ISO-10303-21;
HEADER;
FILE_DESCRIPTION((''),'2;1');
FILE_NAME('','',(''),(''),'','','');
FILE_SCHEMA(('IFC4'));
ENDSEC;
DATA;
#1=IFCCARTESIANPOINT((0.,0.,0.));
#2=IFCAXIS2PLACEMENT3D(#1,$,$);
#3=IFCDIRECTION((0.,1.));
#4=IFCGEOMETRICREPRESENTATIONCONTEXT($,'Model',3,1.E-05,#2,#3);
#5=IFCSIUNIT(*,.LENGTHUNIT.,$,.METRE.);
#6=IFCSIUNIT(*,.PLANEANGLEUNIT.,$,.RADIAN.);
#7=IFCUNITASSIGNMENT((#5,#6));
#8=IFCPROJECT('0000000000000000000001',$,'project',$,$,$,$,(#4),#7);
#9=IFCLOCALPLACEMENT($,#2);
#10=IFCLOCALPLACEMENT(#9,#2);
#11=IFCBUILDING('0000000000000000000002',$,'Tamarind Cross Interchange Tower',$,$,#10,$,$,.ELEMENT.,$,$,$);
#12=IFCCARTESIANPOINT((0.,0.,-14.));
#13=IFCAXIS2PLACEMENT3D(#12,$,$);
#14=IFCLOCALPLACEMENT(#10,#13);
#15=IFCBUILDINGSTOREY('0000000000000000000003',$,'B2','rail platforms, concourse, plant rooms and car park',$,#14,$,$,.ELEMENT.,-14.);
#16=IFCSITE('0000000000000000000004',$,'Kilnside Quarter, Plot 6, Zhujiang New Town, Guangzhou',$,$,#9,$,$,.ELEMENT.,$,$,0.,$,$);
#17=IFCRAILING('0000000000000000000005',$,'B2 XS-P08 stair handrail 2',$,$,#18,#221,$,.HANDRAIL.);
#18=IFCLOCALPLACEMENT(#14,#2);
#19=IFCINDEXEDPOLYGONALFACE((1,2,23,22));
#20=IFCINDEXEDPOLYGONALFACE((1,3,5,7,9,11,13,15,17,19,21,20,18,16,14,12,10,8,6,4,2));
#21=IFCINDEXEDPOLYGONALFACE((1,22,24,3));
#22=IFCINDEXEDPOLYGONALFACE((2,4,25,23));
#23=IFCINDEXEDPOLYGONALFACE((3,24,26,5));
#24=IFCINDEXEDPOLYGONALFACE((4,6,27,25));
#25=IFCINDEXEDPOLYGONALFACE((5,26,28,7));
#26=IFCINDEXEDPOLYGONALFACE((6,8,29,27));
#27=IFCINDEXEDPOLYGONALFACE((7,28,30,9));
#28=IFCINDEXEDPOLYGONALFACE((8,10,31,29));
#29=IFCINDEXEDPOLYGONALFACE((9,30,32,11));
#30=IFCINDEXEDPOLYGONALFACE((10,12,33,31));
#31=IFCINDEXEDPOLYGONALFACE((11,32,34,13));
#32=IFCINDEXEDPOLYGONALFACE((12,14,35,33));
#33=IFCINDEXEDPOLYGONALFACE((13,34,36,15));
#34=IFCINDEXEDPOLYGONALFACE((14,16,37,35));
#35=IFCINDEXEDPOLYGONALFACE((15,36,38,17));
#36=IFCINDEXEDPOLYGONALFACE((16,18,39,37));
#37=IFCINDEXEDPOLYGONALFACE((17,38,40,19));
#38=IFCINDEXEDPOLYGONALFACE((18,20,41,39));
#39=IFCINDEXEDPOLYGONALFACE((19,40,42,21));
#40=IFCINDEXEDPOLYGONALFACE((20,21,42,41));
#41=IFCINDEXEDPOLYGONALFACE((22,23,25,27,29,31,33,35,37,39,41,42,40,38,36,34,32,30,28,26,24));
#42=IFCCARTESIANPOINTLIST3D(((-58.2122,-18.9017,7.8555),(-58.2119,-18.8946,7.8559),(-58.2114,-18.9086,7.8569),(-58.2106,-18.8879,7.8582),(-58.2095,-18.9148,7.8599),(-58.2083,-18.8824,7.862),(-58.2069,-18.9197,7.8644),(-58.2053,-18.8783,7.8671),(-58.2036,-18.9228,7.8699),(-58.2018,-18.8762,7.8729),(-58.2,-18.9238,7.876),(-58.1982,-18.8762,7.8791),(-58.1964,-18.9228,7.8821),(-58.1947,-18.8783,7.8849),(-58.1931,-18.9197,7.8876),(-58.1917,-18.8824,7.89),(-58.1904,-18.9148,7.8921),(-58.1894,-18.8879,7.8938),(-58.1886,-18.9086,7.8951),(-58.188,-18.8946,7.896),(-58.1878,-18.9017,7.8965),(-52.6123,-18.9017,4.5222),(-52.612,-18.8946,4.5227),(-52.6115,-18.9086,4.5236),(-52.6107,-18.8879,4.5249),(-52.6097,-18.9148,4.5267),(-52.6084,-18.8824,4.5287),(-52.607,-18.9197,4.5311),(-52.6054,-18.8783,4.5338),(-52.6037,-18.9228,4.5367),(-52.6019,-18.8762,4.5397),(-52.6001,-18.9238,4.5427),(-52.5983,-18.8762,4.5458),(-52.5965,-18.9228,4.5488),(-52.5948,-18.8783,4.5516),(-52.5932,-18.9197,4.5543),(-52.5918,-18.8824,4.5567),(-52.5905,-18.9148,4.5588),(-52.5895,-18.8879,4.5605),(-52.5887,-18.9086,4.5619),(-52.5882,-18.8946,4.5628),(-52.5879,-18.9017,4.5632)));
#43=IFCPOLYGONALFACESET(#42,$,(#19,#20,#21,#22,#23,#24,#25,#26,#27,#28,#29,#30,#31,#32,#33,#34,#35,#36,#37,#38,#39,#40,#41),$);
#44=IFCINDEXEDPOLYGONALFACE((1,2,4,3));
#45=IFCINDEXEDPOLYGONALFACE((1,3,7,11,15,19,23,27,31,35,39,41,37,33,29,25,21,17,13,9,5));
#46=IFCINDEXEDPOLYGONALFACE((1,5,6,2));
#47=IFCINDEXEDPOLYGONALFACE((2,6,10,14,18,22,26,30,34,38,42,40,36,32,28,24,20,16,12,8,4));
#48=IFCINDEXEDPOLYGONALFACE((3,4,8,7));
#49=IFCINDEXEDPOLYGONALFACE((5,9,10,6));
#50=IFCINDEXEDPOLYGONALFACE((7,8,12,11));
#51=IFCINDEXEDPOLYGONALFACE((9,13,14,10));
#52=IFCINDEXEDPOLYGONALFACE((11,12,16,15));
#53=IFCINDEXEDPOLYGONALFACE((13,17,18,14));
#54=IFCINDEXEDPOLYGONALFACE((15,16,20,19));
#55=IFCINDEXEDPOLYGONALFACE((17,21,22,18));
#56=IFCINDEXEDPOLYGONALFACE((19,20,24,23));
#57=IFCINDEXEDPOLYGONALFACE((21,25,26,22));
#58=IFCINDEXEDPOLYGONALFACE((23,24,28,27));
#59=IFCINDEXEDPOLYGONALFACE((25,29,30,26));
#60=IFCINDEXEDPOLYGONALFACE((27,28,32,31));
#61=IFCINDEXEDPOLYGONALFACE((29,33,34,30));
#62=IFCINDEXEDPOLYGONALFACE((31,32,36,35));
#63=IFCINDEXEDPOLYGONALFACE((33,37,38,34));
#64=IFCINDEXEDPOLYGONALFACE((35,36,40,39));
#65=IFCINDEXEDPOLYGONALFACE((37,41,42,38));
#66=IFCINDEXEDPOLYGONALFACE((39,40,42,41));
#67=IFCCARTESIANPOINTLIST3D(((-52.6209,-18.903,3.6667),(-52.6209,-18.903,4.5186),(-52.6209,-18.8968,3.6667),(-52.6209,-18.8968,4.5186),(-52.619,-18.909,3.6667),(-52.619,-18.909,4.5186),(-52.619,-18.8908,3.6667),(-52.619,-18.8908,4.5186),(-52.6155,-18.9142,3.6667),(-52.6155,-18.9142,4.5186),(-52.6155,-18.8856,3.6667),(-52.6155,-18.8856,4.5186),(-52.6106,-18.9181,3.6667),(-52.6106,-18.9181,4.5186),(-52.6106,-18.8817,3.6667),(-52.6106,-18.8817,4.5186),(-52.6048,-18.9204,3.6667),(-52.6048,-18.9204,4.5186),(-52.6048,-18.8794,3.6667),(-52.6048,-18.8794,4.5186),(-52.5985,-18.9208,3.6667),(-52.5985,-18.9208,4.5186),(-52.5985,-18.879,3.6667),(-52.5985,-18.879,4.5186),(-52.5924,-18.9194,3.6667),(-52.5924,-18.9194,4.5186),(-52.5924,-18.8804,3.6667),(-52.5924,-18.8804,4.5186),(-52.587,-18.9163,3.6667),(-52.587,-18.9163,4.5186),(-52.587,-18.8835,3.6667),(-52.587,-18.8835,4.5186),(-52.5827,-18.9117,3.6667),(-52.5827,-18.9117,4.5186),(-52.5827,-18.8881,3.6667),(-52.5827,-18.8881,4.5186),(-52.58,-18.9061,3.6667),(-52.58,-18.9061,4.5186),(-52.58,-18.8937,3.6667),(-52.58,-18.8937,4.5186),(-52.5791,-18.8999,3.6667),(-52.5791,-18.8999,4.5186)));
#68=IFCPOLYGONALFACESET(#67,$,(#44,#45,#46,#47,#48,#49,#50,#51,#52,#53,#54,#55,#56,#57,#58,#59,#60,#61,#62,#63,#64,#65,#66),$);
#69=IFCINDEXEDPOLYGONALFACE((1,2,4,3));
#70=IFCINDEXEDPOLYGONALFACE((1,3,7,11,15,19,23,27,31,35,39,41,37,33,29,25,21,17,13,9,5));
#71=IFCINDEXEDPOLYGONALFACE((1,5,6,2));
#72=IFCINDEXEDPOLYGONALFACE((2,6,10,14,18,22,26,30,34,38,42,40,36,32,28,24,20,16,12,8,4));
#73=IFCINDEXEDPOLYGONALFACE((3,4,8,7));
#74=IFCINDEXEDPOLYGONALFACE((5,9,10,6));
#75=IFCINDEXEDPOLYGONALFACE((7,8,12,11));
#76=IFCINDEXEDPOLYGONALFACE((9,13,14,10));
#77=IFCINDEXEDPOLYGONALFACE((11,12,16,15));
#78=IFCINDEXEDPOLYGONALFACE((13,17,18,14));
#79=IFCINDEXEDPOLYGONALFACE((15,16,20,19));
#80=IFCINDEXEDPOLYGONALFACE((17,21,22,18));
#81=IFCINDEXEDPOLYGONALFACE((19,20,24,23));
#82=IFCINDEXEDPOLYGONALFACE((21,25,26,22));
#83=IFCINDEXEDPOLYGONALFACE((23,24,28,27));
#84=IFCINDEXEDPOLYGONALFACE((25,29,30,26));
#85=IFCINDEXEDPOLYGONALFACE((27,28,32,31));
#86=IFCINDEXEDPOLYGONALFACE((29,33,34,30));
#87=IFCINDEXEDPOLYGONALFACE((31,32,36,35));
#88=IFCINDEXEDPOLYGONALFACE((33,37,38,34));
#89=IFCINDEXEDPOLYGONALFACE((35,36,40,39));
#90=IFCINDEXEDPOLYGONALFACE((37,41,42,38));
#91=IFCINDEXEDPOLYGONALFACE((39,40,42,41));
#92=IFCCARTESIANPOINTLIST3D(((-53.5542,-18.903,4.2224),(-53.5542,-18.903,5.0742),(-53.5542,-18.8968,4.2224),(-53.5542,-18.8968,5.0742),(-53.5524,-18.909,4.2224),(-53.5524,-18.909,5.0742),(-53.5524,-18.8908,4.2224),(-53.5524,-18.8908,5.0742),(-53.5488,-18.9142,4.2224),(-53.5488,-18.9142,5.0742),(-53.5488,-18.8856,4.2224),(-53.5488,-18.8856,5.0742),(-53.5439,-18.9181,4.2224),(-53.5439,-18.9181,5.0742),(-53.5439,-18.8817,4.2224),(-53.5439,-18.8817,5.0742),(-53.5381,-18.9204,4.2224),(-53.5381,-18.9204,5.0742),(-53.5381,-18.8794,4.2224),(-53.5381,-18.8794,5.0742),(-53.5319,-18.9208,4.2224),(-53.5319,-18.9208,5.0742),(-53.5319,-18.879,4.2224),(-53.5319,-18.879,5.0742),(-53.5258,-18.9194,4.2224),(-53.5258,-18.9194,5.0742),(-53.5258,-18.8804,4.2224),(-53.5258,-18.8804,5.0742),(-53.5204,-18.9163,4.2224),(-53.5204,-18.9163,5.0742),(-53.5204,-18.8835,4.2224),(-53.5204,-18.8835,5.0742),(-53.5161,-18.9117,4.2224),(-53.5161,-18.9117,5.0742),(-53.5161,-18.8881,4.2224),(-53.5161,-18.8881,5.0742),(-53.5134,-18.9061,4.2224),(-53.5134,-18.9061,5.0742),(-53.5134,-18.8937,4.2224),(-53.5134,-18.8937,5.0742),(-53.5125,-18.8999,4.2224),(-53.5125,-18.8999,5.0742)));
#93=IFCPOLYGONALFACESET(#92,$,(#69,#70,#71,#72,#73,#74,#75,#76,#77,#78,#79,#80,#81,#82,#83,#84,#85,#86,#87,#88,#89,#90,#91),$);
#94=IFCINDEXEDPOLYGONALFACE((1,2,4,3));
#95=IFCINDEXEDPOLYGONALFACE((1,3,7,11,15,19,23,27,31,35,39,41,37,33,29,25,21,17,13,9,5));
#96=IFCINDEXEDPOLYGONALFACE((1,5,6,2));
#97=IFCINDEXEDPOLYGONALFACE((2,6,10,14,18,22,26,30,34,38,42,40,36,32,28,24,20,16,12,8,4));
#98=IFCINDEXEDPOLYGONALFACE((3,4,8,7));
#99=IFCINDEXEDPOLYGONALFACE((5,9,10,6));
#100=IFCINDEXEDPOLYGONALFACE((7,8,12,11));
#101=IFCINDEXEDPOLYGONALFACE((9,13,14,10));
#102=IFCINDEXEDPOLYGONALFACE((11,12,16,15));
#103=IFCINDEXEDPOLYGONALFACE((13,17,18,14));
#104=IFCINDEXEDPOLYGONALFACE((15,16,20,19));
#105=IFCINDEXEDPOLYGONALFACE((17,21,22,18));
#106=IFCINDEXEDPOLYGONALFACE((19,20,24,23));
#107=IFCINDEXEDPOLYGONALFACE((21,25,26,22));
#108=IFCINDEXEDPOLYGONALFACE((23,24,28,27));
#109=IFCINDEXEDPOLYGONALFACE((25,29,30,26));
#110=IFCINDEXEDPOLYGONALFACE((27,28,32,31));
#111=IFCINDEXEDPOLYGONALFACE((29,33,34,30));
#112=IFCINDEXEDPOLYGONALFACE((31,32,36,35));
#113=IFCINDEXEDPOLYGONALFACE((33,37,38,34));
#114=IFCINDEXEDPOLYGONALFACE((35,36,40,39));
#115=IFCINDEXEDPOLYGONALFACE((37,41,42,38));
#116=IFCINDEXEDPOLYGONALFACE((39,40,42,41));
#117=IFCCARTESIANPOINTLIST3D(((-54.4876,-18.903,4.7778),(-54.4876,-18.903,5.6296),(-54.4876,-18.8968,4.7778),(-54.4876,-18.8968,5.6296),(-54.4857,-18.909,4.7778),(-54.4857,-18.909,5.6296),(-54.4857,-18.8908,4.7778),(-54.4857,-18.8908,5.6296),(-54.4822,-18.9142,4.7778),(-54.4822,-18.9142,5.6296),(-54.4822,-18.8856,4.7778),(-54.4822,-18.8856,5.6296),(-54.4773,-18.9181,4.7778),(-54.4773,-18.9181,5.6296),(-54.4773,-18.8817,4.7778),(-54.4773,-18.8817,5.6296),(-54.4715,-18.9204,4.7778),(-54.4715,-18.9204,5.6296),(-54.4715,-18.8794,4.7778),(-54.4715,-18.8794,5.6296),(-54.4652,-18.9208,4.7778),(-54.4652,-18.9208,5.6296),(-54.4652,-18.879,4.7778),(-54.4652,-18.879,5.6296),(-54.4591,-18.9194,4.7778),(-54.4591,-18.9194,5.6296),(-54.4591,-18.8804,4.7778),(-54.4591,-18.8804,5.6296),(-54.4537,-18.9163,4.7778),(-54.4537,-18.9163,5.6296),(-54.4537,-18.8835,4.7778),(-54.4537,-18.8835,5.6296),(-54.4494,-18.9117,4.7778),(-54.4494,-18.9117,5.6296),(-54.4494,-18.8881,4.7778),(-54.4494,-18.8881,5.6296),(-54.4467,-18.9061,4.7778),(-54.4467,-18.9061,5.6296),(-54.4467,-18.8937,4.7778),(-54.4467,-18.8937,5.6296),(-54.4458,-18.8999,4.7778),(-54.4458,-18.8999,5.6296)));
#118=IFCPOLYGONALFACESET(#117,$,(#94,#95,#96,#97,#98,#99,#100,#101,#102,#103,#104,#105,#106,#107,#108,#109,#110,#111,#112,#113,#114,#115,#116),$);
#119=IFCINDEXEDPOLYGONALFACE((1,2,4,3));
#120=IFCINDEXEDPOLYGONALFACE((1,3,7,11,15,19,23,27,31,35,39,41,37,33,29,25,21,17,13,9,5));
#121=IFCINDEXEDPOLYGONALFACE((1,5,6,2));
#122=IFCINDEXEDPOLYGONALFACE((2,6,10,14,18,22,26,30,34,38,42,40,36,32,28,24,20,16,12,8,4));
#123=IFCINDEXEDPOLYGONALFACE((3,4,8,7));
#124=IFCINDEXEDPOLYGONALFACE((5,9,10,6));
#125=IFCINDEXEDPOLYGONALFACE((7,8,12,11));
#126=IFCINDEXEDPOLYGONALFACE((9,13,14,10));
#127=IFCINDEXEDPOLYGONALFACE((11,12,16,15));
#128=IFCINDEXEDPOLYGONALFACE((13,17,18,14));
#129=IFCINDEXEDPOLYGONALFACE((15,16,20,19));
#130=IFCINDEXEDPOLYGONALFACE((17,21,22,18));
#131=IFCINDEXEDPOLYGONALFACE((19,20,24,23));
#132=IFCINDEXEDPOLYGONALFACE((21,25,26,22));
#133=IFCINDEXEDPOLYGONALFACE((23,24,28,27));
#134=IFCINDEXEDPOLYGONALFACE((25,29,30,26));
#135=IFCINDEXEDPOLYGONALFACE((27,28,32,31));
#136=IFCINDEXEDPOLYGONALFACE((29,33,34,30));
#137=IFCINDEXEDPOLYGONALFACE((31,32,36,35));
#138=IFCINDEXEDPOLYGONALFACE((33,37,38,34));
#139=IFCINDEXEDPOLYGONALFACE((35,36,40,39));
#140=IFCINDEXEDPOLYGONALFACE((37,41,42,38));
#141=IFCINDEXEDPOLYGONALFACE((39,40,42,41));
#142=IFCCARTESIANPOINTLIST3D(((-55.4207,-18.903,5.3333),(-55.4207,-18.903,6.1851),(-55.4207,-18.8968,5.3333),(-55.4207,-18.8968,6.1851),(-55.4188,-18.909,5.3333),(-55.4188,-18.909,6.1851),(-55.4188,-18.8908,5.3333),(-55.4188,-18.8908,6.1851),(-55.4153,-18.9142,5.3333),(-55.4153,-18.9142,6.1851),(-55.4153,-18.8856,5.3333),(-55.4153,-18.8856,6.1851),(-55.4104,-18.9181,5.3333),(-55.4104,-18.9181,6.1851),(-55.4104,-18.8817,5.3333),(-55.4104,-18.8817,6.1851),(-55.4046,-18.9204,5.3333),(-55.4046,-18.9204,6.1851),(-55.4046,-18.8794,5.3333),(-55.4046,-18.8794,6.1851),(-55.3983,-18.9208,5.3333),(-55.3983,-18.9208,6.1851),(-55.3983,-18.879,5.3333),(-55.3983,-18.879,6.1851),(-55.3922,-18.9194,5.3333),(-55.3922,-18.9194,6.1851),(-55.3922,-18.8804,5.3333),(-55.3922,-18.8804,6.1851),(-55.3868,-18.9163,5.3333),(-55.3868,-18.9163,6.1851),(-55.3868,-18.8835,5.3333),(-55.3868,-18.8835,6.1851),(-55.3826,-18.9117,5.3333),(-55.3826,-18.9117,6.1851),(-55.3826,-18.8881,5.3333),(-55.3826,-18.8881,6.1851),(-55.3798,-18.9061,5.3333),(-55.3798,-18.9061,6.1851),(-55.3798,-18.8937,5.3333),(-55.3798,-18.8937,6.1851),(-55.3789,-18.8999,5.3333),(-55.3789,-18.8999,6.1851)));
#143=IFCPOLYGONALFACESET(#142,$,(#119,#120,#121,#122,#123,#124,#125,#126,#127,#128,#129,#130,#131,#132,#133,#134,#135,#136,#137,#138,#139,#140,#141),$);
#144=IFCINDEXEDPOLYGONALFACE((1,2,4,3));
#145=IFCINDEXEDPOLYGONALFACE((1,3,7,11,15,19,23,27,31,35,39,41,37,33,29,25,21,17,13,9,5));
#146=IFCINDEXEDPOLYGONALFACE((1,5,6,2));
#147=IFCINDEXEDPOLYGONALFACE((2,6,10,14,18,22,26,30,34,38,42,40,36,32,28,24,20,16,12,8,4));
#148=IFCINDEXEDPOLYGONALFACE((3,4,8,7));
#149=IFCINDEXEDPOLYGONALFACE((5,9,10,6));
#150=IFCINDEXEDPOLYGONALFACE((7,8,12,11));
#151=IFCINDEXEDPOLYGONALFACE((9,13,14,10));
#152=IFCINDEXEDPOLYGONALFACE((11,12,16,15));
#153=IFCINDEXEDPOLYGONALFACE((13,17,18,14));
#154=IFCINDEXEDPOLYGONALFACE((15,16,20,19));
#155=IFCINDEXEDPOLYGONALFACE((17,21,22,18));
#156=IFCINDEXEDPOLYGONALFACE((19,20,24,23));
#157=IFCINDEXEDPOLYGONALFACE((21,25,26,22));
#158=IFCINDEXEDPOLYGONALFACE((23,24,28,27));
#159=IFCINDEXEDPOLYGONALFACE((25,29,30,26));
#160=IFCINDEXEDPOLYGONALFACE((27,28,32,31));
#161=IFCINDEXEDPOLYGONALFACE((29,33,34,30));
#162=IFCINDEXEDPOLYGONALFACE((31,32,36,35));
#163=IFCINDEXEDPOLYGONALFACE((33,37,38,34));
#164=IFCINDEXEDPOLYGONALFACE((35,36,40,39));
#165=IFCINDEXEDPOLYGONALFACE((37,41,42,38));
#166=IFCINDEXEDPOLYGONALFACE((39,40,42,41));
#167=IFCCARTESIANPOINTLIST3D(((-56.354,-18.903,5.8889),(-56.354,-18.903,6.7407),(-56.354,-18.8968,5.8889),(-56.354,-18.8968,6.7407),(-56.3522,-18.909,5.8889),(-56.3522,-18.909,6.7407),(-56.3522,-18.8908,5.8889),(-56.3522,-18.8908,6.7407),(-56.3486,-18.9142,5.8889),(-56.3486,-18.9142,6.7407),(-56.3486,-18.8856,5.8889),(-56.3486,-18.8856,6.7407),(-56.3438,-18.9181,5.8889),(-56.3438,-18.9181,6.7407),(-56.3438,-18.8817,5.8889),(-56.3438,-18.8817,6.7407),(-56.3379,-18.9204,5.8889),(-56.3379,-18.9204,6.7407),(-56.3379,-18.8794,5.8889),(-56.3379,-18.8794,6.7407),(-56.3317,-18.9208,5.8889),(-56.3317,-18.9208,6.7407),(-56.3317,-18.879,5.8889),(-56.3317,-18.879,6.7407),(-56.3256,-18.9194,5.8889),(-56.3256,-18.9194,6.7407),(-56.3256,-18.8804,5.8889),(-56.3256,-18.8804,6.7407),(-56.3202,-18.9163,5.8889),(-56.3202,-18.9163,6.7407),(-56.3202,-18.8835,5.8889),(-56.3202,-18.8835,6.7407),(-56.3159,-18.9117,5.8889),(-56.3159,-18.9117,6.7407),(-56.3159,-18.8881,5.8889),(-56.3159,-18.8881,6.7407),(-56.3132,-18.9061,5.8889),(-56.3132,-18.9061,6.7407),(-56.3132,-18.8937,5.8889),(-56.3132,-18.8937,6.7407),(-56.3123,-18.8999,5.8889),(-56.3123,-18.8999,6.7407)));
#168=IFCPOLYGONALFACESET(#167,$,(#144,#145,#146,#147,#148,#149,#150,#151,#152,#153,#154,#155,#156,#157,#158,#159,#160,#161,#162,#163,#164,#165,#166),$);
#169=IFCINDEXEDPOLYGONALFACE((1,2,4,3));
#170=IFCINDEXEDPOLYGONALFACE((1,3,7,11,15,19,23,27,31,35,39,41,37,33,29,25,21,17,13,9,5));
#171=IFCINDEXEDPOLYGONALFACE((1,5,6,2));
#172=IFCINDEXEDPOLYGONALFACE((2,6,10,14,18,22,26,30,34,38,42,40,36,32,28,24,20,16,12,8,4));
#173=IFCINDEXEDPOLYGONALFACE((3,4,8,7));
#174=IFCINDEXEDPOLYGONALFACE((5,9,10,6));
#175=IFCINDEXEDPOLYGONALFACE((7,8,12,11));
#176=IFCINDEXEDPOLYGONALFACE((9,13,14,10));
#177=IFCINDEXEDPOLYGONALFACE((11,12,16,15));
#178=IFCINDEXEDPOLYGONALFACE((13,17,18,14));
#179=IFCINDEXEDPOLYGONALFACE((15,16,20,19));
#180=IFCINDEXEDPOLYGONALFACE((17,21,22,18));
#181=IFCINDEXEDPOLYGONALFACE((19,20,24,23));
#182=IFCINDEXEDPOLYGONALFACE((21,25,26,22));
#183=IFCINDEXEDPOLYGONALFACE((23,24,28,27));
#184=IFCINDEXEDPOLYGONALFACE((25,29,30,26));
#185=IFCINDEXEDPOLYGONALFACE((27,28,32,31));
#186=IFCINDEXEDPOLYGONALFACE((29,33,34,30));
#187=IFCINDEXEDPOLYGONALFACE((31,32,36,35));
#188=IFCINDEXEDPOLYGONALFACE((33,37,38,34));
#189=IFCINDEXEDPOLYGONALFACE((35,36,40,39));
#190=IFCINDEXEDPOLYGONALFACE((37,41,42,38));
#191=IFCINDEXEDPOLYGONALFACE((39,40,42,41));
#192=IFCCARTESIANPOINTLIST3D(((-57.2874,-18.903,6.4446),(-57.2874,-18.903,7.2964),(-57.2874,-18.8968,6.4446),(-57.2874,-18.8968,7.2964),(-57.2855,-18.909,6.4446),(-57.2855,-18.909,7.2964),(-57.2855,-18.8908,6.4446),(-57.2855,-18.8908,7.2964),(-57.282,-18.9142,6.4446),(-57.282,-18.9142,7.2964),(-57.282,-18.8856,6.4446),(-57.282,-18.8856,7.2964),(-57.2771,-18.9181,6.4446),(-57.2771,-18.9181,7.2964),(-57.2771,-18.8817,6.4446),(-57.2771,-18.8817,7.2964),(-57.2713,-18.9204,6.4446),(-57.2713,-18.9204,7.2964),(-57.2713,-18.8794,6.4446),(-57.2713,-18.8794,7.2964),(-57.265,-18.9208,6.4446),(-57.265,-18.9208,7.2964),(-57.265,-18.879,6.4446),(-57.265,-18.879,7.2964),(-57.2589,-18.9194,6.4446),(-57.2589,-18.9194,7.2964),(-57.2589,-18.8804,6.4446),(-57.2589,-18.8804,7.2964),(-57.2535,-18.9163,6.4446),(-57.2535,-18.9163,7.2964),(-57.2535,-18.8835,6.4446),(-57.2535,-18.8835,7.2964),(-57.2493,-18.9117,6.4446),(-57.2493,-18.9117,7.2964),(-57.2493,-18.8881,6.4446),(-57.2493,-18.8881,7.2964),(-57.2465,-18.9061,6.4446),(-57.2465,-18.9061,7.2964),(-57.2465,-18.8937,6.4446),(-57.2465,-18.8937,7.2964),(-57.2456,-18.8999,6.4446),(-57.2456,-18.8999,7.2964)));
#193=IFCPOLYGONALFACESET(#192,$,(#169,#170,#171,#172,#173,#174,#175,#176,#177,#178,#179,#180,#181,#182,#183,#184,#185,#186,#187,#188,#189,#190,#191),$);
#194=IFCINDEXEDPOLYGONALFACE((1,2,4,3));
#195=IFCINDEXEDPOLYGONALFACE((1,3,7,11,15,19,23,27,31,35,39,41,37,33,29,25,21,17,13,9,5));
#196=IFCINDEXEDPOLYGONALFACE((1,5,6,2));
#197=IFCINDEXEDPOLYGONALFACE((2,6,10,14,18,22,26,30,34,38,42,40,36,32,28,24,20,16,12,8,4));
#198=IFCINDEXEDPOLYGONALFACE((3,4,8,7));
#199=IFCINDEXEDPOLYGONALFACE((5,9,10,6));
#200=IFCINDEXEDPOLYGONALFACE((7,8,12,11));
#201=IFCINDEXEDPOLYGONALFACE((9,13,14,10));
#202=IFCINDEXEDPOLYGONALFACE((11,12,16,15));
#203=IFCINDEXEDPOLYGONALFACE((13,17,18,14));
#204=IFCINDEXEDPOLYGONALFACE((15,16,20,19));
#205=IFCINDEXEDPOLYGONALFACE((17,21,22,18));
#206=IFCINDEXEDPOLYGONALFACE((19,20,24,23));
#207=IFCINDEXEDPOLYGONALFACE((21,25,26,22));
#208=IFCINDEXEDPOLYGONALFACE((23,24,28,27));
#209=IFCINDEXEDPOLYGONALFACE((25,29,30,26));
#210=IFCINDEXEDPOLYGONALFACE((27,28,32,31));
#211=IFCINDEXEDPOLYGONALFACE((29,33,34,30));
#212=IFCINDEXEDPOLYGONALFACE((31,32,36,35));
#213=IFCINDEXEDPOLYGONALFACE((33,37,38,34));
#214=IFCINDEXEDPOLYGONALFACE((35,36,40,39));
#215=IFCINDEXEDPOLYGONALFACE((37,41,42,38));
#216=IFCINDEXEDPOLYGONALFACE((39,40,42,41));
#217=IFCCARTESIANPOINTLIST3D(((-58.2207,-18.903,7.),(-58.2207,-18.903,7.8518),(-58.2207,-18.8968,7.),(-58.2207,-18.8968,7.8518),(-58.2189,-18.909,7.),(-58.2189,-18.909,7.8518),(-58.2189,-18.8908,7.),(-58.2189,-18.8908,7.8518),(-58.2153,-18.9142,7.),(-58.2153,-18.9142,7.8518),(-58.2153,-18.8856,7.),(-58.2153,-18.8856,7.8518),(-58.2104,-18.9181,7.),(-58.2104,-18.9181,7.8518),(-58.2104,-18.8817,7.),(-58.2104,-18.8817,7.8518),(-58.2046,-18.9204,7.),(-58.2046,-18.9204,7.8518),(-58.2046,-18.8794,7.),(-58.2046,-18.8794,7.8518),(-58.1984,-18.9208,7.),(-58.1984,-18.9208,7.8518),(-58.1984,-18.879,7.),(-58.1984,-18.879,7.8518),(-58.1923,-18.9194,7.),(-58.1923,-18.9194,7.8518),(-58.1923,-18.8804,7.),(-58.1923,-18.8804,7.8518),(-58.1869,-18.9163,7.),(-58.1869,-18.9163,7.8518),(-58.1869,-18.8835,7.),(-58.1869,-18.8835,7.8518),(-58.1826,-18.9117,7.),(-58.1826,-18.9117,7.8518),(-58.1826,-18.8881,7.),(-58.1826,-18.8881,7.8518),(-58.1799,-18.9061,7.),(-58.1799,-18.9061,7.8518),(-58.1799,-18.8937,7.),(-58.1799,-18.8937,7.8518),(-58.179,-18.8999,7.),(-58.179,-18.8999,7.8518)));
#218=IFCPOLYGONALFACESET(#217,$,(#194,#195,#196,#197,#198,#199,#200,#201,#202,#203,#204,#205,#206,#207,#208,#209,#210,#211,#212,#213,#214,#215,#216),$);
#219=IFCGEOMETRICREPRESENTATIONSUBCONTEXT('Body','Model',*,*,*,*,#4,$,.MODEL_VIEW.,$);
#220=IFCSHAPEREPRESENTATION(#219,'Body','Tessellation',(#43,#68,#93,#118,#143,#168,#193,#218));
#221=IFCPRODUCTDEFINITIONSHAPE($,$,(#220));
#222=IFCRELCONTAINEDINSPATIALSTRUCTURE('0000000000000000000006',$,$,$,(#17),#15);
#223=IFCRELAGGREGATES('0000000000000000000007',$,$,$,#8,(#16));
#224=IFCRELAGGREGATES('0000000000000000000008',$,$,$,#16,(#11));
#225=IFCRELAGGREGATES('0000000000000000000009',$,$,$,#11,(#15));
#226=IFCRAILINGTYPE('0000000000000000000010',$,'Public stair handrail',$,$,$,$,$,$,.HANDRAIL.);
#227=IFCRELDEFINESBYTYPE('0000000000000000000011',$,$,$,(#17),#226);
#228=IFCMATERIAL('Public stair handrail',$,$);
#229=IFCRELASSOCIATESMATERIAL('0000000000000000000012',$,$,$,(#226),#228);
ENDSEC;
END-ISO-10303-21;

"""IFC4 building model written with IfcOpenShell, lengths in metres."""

from ifc_helpers import new_model, si_unit, direction, frame, origin, origin_2d, place, context, subcontext, project, spatial, circle, extrude, material, type_object, element, save


model = new_model("IFC4")

# Units and contexts
model_context = context("Model", 3, precision=1e-05, world=origin(), true_north=direction((0.0, 1.0)))
body_context = subcontext(model_context, "Body", "Model", "MODEL_VIEW")
ifc_project = project(units=[si_unit("LENGTHUNIT", "METRE"), si_unit("PLANEANGLEUNIT", "RADIAN")], contexts=[model_context])

# Site, building, storey
site_placement = place(None, origin())
site = spatial("IfcSite", under=ifc_project, at=site_placement, Name="Kilnside Quarter, Plot 6, Zhujiang New Town, Guangzhou", CompositionType="ELEMENT", RefElevation=0.0)
building_placement = place(site_placement, origin())
building = spatial("IfcBuilding", under=site, at=building_placement, Name="Tamarind Cross Interchange Tower", CompositionType="ELEMENT")
storey_placement = place(building_placement, frame((0.0, 0.0, -14.0)))
storey = spatial("IfcBuildingStorey", under=building, at=storey_placement, Name="B2", Description="rail platforms, concourse, plant rooms and car park", CompositionType="ELEMENT", Elevation=-14.0)

# Railing
ifc_material_1 = material(Name="Public stair handrail")
railing_type_1 = type_object("IfcRailingType", Name="Public stair handrail", PredefinedType="HANDRAIL", material=ifc_material_1)
railing_1_placement = place(storey_placement, frame((-52.6001, -18.8999, 3.6667)))
element("IfcRailing", 1, at=railing_1_placement, inside=storey, type_object=railing_type_1, Name="B2 XS-P08 stair handrail 2", PredefinedType="HANDRAIL", context=body_context, shape_type="SweptSolid", body=[
    extrude(circle(Radius=0.0239, at=origin_2d()), frame((0.0, 0.0, 0.876), z_axis=(-0.859292, 0.0, 0.511485), x_axis=(0.0, -1.0, 0.0)), (0.0, 0.0, 1.0), 6.5168),
    extrude(circle(Radius=0.021, at=origin_2d()), origin(), (0.0, 0.0, 1.0), 0.8518),
    extrude(circle(Radius=0.021, at=origin_2d()), frame((-0.9333, 0.0, 0.5557)), (0.0, 0.0, 1.0), 0.8518),
    extrude(circle(Radius=0.021, at=origin_2d()), frame((-1.8667, 0.0, 1.1111)), (0.0, 0.0, 1.0), 0.8518),
    extrude(circle(Radius=0.021, at=origin_2d()), frame((-2.7998, 0.0, 1.6665)), (0.0, 0.0, 1.0), 0.8518),
    extrude(circle(Radius=0.021, at=origin_2d()), frame((-3.7332, 0.0, 2.2222)), (0.0, 0.0, 1.0), 0.8518),
    extrude(circle(Radius=0.021, at=origin_2d()), frame((-4.6665, 0.0, 2.7778)), (0.0, 0.0, 1.0), 0.8518),
    extrude(circle(Radius=0.021, at=origin_2d()), frame((-5.5999, 0.0, 3.3333)), (0.0, 0.0, 1.0), 0.8518),
])

save(model, "model.ifc")
